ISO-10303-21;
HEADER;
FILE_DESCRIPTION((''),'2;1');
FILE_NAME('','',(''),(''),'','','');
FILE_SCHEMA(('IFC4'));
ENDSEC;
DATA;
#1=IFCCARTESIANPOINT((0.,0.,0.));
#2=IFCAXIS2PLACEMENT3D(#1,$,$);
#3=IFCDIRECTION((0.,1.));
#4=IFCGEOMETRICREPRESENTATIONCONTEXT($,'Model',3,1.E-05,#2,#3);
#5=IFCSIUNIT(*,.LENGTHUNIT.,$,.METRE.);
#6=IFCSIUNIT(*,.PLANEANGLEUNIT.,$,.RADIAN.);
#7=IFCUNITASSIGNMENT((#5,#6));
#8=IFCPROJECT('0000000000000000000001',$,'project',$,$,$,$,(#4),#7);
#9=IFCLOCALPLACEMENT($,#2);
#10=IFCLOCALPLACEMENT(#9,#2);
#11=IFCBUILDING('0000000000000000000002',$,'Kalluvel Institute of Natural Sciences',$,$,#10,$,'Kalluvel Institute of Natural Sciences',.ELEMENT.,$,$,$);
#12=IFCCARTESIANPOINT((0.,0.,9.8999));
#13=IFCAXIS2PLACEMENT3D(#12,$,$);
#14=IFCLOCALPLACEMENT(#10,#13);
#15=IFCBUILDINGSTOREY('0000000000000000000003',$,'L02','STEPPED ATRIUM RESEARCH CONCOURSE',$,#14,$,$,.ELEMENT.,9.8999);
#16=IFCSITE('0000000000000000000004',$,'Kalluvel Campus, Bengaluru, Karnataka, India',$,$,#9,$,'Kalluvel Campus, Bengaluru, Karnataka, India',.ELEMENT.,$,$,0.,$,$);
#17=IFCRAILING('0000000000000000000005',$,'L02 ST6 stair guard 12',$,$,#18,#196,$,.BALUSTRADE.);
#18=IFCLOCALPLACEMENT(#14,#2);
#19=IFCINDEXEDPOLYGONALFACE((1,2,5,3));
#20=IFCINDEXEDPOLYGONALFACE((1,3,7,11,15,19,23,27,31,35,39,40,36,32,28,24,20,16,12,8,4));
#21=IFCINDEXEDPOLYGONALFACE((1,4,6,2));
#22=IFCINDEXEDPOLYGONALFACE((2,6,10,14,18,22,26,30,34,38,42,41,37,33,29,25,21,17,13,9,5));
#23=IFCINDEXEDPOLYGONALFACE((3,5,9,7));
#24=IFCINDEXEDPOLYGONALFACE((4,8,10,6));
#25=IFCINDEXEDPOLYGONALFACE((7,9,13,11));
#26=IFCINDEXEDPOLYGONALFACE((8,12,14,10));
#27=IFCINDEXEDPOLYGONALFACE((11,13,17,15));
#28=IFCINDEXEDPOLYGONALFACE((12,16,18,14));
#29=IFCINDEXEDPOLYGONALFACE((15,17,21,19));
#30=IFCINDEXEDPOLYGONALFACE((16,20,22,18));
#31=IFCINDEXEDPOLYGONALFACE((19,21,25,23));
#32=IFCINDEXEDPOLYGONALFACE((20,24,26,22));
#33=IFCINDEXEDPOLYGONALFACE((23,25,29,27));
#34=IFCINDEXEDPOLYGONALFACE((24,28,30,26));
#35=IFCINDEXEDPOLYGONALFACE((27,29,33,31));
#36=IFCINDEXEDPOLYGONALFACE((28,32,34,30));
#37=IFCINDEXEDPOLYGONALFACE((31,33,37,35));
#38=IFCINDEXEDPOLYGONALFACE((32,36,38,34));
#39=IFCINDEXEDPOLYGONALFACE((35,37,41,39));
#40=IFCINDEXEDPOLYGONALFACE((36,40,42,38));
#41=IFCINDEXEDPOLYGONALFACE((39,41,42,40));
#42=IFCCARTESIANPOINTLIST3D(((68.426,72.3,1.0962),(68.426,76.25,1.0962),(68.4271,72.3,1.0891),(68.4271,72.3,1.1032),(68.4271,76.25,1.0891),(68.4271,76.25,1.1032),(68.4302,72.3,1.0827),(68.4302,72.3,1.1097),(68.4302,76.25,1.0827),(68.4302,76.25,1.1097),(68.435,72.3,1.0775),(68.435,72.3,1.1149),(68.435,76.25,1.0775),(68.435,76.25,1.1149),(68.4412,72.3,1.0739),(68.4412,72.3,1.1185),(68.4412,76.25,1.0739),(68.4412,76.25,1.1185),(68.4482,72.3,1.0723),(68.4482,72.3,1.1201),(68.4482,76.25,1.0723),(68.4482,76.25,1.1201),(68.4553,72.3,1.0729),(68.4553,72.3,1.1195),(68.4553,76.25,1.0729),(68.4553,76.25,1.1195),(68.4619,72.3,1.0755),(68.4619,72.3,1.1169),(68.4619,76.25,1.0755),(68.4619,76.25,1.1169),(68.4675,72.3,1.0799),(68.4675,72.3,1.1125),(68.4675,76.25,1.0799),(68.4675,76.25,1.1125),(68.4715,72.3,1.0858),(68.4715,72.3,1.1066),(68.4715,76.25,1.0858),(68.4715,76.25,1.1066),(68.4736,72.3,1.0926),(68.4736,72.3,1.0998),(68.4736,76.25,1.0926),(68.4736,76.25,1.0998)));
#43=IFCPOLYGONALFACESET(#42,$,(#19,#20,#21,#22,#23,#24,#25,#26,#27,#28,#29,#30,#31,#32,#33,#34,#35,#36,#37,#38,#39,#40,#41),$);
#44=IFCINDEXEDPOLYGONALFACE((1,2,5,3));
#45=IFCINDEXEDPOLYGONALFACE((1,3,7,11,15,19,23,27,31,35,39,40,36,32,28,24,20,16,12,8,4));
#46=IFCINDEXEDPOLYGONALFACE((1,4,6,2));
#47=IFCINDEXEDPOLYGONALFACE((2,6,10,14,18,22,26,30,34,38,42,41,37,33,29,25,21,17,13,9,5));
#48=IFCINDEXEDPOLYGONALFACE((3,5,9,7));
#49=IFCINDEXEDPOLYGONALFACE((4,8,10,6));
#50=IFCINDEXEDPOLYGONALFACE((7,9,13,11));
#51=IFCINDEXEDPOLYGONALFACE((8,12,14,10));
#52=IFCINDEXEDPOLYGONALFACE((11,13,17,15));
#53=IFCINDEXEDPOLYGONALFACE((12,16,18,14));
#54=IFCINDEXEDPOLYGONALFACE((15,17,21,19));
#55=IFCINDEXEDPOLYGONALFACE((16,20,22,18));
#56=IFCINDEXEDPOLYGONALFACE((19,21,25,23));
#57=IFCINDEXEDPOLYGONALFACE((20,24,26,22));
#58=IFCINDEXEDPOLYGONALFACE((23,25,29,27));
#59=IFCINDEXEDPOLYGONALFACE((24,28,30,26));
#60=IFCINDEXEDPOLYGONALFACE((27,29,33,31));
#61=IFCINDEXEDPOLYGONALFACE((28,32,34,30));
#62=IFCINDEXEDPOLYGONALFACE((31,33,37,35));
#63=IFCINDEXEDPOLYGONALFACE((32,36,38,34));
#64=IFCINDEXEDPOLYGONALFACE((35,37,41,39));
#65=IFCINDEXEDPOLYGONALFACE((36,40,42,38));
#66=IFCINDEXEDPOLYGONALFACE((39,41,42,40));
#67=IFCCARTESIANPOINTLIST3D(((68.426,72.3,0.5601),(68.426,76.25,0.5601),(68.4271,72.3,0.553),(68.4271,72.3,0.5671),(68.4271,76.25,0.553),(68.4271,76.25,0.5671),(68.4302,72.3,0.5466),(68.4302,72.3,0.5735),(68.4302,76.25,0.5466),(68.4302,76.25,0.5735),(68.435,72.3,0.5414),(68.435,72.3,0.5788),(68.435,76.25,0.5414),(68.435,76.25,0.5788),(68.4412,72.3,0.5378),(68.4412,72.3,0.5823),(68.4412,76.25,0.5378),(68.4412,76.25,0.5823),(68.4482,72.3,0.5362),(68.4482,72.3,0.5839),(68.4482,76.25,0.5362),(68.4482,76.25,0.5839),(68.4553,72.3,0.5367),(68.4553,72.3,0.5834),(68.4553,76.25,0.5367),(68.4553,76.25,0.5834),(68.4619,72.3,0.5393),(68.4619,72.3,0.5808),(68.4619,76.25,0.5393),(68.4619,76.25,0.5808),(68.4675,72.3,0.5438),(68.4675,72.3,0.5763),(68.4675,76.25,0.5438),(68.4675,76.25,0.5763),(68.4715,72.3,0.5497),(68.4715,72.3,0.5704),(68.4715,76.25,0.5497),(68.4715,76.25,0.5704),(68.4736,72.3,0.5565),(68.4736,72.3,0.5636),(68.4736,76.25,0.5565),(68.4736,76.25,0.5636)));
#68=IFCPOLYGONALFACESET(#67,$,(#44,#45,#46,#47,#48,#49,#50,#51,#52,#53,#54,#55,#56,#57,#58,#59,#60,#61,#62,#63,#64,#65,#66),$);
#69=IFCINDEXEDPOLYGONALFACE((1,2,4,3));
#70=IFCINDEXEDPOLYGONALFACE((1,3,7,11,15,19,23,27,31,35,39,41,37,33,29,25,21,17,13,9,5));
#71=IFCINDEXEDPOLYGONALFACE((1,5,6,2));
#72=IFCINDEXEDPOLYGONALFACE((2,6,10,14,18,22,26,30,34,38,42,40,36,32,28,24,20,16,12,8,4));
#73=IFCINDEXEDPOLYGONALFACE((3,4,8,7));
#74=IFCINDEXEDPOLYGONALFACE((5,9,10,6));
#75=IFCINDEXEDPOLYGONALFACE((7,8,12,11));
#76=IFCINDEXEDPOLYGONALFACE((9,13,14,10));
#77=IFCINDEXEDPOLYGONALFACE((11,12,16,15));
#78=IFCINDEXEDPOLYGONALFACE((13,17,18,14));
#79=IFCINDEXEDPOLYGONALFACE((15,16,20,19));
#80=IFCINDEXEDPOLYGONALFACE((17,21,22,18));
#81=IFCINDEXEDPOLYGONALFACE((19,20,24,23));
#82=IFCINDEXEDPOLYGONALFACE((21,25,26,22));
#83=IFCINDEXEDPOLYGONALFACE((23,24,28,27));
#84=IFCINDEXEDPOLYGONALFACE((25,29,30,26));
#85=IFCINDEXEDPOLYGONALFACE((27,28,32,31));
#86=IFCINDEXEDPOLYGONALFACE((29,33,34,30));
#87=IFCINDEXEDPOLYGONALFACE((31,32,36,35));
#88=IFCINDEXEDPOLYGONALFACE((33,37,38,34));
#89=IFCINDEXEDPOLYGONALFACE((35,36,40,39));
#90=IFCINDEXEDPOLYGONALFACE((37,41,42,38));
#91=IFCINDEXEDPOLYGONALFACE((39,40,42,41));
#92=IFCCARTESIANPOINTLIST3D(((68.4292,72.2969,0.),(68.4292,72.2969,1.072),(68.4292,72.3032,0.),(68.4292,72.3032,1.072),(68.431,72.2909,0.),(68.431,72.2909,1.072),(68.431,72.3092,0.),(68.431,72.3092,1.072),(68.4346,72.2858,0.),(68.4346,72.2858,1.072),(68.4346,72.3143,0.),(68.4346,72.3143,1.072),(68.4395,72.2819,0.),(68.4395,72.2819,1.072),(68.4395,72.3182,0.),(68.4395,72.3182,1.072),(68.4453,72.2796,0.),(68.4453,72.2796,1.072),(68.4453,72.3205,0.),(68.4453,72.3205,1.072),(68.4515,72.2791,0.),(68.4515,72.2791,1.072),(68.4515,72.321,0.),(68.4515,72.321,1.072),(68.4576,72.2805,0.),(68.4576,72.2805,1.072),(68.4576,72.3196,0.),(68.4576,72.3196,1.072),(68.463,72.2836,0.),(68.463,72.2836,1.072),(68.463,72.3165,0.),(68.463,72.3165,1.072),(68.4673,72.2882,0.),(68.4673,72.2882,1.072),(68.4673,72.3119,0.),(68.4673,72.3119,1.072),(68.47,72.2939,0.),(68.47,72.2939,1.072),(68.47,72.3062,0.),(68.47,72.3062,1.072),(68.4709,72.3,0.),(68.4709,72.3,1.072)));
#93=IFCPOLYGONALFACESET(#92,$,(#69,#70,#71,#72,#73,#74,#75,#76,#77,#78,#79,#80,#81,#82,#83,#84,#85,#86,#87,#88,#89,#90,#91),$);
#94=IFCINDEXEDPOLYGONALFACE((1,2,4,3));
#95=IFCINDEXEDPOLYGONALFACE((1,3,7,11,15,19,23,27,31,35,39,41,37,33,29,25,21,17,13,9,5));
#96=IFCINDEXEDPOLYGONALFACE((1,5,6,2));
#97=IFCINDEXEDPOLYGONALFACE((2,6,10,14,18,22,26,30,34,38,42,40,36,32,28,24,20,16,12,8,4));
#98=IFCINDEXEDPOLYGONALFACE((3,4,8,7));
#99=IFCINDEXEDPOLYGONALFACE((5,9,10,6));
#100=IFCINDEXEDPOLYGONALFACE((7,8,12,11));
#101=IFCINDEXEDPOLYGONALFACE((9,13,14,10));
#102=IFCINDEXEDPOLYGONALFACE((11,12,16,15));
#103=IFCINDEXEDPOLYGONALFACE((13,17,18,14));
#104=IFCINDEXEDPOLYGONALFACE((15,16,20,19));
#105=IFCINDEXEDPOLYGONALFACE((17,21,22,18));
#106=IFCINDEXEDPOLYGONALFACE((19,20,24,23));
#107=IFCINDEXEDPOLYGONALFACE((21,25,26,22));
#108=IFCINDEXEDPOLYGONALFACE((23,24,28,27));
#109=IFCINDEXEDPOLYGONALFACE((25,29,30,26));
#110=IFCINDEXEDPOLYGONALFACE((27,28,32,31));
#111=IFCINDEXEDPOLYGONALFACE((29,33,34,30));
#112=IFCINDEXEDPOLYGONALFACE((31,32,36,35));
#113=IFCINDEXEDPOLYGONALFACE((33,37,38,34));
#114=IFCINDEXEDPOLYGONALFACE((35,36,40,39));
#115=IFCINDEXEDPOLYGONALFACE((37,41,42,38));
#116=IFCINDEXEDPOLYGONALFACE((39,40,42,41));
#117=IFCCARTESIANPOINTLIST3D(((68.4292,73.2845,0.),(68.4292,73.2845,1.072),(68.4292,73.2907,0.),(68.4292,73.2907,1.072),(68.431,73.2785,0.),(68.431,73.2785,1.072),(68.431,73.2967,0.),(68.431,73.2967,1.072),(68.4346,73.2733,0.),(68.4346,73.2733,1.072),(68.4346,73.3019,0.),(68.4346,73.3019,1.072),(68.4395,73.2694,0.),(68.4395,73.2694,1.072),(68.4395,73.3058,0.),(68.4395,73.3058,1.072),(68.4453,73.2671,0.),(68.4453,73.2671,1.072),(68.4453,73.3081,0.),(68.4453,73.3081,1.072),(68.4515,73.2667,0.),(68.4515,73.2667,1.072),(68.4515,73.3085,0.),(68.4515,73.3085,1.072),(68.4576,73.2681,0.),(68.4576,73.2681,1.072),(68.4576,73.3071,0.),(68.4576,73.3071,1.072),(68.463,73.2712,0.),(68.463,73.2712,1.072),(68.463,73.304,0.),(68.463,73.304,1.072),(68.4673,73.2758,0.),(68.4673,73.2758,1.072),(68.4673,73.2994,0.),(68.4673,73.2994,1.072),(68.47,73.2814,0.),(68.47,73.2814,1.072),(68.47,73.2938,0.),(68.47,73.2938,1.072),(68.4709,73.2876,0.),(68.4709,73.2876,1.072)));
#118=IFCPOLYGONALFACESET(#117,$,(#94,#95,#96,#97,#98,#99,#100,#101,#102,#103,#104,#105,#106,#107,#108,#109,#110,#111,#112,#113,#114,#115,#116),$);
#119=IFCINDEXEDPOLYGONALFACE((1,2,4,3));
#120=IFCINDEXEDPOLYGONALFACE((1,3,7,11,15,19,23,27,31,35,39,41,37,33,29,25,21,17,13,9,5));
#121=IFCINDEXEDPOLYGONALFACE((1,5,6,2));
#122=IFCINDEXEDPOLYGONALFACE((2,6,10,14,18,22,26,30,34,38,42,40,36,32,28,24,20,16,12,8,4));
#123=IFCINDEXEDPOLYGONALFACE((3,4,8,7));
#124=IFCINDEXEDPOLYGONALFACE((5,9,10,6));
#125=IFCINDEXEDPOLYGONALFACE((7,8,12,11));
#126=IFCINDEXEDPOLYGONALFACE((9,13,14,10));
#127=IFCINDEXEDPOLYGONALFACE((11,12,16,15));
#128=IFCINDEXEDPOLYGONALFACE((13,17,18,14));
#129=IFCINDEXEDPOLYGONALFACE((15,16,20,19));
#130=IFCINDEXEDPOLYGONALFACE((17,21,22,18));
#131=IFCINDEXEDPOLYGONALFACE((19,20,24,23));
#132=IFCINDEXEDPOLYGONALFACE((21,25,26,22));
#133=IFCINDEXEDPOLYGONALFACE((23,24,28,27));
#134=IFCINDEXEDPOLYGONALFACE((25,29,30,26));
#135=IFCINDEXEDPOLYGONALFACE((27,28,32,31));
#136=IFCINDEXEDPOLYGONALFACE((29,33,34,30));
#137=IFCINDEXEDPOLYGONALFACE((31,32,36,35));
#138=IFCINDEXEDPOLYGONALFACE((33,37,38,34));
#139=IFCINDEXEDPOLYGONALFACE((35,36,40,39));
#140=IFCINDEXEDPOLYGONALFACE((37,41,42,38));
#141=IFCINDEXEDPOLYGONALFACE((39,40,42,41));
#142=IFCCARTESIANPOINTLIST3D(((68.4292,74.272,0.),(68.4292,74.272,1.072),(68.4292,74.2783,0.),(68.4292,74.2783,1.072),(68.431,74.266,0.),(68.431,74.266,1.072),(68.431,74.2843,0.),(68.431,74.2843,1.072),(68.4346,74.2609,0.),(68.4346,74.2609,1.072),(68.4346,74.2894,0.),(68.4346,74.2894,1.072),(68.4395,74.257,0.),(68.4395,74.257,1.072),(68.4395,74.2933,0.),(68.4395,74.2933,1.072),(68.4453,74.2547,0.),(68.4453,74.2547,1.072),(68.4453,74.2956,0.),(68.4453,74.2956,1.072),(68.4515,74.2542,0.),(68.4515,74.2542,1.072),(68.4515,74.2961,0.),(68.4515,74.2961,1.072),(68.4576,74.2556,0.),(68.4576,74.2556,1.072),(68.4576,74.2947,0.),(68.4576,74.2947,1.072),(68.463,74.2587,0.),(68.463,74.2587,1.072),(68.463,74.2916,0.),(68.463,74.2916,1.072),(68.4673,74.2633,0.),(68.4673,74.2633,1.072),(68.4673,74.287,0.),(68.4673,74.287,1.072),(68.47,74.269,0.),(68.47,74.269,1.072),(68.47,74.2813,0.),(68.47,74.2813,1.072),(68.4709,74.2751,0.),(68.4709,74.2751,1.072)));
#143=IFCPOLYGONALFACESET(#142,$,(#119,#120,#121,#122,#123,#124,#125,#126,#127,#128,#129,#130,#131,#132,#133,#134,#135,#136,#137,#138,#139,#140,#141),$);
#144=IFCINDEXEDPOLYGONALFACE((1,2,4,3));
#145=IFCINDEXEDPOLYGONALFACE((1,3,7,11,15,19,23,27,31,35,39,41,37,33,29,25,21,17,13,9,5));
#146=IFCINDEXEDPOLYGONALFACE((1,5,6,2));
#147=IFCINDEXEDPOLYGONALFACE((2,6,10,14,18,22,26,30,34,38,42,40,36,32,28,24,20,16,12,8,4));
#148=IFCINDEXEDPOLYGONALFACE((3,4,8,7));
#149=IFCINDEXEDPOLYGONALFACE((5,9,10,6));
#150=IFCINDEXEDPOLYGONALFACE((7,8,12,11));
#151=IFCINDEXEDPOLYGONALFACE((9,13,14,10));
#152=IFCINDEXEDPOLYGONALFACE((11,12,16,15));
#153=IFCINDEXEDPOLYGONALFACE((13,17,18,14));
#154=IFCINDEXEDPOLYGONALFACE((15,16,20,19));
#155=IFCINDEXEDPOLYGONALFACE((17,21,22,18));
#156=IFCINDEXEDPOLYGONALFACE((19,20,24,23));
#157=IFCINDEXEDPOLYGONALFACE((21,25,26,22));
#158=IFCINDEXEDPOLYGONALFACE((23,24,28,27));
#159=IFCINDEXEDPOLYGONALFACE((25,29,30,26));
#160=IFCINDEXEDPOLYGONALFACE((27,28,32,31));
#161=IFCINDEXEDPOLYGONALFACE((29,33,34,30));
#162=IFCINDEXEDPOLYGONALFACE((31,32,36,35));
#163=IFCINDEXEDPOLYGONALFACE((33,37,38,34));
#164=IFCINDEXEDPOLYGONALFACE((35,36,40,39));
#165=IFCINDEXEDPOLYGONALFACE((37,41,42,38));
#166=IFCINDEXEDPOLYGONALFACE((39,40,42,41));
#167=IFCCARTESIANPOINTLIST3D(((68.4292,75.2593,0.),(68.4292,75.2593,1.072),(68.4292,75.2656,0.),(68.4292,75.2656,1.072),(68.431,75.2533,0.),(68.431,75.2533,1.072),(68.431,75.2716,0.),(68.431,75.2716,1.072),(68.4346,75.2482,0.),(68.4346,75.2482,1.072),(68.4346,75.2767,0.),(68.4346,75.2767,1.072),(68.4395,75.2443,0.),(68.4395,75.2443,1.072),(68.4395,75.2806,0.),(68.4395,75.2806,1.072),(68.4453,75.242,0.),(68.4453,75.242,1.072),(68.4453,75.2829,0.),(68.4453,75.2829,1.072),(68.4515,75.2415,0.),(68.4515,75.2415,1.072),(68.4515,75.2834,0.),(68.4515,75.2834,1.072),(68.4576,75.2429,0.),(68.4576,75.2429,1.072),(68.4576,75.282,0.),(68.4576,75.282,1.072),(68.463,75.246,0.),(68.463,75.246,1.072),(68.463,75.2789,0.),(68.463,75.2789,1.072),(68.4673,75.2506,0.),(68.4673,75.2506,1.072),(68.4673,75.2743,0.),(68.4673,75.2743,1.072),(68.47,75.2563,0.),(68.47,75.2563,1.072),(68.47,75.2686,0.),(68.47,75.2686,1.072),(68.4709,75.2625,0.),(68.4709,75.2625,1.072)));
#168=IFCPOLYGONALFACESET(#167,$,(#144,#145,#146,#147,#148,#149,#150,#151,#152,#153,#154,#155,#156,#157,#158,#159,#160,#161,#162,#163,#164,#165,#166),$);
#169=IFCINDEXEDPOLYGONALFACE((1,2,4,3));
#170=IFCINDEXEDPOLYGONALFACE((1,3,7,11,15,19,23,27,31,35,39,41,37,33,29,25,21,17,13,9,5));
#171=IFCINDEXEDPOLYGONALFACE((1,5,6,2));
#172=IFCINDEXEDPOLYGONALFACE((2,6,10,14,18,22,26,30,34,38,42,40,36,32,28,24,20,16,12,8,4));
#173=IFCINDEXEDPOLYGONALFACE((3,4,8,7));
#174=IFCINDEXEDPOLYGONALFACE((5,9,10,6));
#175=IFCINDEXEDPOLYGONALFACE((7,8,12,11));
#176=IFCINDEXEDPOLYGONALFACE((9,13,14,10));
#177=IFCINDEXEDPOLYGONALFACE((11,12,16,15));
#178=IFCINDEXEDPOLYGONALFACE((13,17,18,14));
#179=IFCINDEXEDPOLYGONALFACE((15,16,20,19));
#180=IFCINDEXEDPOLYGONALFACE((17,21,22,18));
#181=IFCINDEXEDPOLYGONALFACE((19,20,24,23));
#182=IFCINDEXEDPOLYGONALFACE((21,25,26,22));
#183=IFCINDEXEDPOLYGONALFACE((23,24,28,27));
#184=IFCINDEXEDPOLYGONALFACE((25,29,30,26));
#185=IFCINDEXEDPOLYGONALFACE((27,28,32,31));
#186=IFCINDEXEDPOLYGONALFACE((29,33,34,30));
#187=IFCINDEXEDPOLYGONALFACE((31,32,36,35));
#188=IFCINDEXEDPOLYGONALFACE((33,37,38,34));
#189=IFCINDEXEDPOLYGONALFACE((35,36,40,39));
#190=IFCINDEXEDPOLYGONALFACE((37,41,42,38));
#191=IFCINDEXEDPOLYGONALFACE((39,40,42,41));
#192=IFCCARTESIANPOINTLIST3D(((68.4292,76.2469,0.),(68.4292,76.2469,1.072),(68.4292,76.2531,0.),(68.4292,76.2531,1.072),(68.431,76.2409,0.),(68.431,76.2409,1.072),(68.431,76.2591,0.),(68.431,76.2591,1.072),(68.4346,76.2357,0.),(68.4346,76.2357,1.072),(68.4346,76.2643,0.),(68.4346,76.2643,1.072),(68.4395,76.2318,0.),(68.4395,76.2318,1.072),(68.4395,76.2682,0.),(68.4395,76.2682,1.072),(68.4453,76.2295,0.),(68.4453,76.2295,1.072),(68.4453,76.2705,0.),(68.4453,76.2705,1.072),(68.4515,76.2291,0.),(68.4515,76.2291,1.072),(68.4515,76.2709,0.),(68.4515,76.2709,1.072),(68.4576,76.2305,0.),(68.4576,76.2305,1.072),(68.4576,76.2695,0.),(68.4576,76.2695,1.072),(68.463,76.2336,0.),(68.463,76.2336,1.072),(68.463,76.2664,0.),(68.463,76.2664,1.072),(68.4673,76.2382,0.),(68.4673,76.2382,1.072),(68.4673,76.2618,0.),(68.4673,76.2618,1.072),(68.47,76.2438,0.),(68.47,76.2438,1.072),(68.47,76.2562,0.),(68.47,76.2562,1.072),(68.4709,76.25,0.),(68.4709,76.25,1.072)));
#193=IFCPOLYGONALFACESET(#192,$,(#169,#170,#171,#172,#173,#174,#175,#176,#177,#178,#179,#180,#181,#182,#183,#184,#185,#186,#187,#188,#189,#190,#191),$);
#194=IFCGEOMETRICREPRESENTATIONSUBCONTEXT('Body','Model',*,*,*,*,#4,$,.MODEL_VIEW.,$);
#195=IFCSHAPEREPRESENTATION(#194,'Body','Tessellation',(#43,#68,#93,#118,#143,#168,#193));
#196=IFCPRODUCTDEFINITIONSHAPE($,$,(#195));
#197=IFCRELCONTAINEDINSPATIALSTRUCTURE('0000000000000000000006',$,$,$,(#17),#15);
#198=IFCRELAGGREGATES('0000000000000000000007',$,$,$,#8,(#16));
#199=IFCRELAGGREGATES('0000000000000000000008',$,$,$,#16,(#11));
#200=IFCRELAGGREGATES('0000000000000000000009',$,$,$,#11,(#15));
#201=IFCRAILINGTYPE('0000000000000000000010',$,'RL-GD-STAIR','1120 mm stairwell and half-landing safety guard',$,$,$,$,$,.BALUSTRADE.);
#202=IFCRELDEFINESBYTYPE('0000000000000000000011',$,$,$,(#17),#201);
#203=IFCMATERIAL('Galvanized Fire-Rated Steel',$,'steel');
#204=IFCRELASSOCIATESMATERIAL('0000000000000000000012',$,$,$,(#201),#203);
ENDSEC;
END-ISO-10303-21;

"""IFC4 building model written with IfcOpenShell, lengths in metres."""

from ifc_helpers import new_model, si_unit, direction, frame, origin, origin_2d, place, context, subcontext, project, spatial, circle, extrude, material, type_object, element, save


model = new_model("IFC4")

# Units and contexts
model_context = context("Model", 3, precision=1e-05, world=origin(), true_north=direction((0.0, 1.0)))
body_context = subcontext(model_context, "Body", "Model", "MODEL_VIEW")
ifc_project = project(units=[si_unit("LENGTHUNIT", "METRE"), si_unit("PLANEANGLEUNIT", "RADIAN")], contexts=[model_context])

# Site, building, storey
site_placement = place(None, origin())
site = spatial("IfcSite", under=ifc_project, at=site_placement, Name="Kalluvel Campus, Bengaluru, Karnataka, India", LongName="Kalluvel Campus, Bengaluru, Karnataka, India", CompositionType="ELEMENT", RefElevation=0.0)
building_placement = place(site_placement, origin())
building = spatial("IfcBuilding", under=site, at=building_placement, Name="Kalluvel Institute of Natural Sciences", LongName="Kalluvel Institute of Natural Sciences", CompositionType="ELEMENT")
storey_placement = place(building_placement, frame((0.0, 0.0, 9.8999)))
storey = spatial("IfcBuildingStorey", under=building, at=storey_placement, Name="L02", Description="STEPPED ATRIUM RESEARCH CONCOURSE", CompositionType="ELEMENT", Elevation=9.8999)

# Railing
ifc_material_1 = material(Name="Galvanized Fire-Rated Steel", Category="steel")
railing_type_1 = type_object("IfcRailingType", Name="RL-GD-STAIR", Description="1120 mm stairwell and half-landing safety guard", PredefinedType="BALUSTRADE", material=ifc_material_1)
railing_1_placement = place(storey_placement, frame((68.45, 72.3, 0.0)))
element("IfcRailing", 1, at=railing_1_placement, inside=storey, type_object=railing_type_1, Name="L02 ST6 stair guard 12", PredefinedType="BALUSTRADE", context=body_context, shape_type="SweptSolid", body=[
    extrude(circle(Radius=0.0239, at=origin_2d()), frame((0.0, 0.0, 1.0962), z_axis=(0.0, 1.0, 0.0), x_axis=(-1.0, 0.0, 0.0)), (0.0, 0.0, 1.0), 3.95),
    extrude(circle(Radius=0.0239, at=origin_2d()), frame((0.0, 0.0, 0.5601), z_axis=(0.0, 1.0, 0.0), x_axis=(-1.0, 0.0, 0.0)), (0.0, 0.0, 1.0), 3.95),
    extrude(circle(Radius=0.021, at=origin_2d()), origin(), (0.0, 0.0, 1.0), 1.072),
    extrude(circle(Radius=0.021, at=origin_2d()), frame((0.0, 0.9875, 0.0)), (0.0, 0.0, 1.0), 1.072),
    extrude(circle(Radius=0.021, at=origin_2d()), frame((0.0, 1.9751, 0.0)), (0.0, 0.0, 1.0), 1.072),
    extrude(circle(Radius=0.021, at=origin_2d()), frame((0.0, 2.9624, 0.0)), (0.0, 0.0, 1.0), 1.072),
    extrude(circle(Radius=0.021, at=origin_2d()), frame((0.0, 3.95, 0.0)), (0.0, 0.0, 1.0), 1.072),
])

save(model, "model.ifc")
